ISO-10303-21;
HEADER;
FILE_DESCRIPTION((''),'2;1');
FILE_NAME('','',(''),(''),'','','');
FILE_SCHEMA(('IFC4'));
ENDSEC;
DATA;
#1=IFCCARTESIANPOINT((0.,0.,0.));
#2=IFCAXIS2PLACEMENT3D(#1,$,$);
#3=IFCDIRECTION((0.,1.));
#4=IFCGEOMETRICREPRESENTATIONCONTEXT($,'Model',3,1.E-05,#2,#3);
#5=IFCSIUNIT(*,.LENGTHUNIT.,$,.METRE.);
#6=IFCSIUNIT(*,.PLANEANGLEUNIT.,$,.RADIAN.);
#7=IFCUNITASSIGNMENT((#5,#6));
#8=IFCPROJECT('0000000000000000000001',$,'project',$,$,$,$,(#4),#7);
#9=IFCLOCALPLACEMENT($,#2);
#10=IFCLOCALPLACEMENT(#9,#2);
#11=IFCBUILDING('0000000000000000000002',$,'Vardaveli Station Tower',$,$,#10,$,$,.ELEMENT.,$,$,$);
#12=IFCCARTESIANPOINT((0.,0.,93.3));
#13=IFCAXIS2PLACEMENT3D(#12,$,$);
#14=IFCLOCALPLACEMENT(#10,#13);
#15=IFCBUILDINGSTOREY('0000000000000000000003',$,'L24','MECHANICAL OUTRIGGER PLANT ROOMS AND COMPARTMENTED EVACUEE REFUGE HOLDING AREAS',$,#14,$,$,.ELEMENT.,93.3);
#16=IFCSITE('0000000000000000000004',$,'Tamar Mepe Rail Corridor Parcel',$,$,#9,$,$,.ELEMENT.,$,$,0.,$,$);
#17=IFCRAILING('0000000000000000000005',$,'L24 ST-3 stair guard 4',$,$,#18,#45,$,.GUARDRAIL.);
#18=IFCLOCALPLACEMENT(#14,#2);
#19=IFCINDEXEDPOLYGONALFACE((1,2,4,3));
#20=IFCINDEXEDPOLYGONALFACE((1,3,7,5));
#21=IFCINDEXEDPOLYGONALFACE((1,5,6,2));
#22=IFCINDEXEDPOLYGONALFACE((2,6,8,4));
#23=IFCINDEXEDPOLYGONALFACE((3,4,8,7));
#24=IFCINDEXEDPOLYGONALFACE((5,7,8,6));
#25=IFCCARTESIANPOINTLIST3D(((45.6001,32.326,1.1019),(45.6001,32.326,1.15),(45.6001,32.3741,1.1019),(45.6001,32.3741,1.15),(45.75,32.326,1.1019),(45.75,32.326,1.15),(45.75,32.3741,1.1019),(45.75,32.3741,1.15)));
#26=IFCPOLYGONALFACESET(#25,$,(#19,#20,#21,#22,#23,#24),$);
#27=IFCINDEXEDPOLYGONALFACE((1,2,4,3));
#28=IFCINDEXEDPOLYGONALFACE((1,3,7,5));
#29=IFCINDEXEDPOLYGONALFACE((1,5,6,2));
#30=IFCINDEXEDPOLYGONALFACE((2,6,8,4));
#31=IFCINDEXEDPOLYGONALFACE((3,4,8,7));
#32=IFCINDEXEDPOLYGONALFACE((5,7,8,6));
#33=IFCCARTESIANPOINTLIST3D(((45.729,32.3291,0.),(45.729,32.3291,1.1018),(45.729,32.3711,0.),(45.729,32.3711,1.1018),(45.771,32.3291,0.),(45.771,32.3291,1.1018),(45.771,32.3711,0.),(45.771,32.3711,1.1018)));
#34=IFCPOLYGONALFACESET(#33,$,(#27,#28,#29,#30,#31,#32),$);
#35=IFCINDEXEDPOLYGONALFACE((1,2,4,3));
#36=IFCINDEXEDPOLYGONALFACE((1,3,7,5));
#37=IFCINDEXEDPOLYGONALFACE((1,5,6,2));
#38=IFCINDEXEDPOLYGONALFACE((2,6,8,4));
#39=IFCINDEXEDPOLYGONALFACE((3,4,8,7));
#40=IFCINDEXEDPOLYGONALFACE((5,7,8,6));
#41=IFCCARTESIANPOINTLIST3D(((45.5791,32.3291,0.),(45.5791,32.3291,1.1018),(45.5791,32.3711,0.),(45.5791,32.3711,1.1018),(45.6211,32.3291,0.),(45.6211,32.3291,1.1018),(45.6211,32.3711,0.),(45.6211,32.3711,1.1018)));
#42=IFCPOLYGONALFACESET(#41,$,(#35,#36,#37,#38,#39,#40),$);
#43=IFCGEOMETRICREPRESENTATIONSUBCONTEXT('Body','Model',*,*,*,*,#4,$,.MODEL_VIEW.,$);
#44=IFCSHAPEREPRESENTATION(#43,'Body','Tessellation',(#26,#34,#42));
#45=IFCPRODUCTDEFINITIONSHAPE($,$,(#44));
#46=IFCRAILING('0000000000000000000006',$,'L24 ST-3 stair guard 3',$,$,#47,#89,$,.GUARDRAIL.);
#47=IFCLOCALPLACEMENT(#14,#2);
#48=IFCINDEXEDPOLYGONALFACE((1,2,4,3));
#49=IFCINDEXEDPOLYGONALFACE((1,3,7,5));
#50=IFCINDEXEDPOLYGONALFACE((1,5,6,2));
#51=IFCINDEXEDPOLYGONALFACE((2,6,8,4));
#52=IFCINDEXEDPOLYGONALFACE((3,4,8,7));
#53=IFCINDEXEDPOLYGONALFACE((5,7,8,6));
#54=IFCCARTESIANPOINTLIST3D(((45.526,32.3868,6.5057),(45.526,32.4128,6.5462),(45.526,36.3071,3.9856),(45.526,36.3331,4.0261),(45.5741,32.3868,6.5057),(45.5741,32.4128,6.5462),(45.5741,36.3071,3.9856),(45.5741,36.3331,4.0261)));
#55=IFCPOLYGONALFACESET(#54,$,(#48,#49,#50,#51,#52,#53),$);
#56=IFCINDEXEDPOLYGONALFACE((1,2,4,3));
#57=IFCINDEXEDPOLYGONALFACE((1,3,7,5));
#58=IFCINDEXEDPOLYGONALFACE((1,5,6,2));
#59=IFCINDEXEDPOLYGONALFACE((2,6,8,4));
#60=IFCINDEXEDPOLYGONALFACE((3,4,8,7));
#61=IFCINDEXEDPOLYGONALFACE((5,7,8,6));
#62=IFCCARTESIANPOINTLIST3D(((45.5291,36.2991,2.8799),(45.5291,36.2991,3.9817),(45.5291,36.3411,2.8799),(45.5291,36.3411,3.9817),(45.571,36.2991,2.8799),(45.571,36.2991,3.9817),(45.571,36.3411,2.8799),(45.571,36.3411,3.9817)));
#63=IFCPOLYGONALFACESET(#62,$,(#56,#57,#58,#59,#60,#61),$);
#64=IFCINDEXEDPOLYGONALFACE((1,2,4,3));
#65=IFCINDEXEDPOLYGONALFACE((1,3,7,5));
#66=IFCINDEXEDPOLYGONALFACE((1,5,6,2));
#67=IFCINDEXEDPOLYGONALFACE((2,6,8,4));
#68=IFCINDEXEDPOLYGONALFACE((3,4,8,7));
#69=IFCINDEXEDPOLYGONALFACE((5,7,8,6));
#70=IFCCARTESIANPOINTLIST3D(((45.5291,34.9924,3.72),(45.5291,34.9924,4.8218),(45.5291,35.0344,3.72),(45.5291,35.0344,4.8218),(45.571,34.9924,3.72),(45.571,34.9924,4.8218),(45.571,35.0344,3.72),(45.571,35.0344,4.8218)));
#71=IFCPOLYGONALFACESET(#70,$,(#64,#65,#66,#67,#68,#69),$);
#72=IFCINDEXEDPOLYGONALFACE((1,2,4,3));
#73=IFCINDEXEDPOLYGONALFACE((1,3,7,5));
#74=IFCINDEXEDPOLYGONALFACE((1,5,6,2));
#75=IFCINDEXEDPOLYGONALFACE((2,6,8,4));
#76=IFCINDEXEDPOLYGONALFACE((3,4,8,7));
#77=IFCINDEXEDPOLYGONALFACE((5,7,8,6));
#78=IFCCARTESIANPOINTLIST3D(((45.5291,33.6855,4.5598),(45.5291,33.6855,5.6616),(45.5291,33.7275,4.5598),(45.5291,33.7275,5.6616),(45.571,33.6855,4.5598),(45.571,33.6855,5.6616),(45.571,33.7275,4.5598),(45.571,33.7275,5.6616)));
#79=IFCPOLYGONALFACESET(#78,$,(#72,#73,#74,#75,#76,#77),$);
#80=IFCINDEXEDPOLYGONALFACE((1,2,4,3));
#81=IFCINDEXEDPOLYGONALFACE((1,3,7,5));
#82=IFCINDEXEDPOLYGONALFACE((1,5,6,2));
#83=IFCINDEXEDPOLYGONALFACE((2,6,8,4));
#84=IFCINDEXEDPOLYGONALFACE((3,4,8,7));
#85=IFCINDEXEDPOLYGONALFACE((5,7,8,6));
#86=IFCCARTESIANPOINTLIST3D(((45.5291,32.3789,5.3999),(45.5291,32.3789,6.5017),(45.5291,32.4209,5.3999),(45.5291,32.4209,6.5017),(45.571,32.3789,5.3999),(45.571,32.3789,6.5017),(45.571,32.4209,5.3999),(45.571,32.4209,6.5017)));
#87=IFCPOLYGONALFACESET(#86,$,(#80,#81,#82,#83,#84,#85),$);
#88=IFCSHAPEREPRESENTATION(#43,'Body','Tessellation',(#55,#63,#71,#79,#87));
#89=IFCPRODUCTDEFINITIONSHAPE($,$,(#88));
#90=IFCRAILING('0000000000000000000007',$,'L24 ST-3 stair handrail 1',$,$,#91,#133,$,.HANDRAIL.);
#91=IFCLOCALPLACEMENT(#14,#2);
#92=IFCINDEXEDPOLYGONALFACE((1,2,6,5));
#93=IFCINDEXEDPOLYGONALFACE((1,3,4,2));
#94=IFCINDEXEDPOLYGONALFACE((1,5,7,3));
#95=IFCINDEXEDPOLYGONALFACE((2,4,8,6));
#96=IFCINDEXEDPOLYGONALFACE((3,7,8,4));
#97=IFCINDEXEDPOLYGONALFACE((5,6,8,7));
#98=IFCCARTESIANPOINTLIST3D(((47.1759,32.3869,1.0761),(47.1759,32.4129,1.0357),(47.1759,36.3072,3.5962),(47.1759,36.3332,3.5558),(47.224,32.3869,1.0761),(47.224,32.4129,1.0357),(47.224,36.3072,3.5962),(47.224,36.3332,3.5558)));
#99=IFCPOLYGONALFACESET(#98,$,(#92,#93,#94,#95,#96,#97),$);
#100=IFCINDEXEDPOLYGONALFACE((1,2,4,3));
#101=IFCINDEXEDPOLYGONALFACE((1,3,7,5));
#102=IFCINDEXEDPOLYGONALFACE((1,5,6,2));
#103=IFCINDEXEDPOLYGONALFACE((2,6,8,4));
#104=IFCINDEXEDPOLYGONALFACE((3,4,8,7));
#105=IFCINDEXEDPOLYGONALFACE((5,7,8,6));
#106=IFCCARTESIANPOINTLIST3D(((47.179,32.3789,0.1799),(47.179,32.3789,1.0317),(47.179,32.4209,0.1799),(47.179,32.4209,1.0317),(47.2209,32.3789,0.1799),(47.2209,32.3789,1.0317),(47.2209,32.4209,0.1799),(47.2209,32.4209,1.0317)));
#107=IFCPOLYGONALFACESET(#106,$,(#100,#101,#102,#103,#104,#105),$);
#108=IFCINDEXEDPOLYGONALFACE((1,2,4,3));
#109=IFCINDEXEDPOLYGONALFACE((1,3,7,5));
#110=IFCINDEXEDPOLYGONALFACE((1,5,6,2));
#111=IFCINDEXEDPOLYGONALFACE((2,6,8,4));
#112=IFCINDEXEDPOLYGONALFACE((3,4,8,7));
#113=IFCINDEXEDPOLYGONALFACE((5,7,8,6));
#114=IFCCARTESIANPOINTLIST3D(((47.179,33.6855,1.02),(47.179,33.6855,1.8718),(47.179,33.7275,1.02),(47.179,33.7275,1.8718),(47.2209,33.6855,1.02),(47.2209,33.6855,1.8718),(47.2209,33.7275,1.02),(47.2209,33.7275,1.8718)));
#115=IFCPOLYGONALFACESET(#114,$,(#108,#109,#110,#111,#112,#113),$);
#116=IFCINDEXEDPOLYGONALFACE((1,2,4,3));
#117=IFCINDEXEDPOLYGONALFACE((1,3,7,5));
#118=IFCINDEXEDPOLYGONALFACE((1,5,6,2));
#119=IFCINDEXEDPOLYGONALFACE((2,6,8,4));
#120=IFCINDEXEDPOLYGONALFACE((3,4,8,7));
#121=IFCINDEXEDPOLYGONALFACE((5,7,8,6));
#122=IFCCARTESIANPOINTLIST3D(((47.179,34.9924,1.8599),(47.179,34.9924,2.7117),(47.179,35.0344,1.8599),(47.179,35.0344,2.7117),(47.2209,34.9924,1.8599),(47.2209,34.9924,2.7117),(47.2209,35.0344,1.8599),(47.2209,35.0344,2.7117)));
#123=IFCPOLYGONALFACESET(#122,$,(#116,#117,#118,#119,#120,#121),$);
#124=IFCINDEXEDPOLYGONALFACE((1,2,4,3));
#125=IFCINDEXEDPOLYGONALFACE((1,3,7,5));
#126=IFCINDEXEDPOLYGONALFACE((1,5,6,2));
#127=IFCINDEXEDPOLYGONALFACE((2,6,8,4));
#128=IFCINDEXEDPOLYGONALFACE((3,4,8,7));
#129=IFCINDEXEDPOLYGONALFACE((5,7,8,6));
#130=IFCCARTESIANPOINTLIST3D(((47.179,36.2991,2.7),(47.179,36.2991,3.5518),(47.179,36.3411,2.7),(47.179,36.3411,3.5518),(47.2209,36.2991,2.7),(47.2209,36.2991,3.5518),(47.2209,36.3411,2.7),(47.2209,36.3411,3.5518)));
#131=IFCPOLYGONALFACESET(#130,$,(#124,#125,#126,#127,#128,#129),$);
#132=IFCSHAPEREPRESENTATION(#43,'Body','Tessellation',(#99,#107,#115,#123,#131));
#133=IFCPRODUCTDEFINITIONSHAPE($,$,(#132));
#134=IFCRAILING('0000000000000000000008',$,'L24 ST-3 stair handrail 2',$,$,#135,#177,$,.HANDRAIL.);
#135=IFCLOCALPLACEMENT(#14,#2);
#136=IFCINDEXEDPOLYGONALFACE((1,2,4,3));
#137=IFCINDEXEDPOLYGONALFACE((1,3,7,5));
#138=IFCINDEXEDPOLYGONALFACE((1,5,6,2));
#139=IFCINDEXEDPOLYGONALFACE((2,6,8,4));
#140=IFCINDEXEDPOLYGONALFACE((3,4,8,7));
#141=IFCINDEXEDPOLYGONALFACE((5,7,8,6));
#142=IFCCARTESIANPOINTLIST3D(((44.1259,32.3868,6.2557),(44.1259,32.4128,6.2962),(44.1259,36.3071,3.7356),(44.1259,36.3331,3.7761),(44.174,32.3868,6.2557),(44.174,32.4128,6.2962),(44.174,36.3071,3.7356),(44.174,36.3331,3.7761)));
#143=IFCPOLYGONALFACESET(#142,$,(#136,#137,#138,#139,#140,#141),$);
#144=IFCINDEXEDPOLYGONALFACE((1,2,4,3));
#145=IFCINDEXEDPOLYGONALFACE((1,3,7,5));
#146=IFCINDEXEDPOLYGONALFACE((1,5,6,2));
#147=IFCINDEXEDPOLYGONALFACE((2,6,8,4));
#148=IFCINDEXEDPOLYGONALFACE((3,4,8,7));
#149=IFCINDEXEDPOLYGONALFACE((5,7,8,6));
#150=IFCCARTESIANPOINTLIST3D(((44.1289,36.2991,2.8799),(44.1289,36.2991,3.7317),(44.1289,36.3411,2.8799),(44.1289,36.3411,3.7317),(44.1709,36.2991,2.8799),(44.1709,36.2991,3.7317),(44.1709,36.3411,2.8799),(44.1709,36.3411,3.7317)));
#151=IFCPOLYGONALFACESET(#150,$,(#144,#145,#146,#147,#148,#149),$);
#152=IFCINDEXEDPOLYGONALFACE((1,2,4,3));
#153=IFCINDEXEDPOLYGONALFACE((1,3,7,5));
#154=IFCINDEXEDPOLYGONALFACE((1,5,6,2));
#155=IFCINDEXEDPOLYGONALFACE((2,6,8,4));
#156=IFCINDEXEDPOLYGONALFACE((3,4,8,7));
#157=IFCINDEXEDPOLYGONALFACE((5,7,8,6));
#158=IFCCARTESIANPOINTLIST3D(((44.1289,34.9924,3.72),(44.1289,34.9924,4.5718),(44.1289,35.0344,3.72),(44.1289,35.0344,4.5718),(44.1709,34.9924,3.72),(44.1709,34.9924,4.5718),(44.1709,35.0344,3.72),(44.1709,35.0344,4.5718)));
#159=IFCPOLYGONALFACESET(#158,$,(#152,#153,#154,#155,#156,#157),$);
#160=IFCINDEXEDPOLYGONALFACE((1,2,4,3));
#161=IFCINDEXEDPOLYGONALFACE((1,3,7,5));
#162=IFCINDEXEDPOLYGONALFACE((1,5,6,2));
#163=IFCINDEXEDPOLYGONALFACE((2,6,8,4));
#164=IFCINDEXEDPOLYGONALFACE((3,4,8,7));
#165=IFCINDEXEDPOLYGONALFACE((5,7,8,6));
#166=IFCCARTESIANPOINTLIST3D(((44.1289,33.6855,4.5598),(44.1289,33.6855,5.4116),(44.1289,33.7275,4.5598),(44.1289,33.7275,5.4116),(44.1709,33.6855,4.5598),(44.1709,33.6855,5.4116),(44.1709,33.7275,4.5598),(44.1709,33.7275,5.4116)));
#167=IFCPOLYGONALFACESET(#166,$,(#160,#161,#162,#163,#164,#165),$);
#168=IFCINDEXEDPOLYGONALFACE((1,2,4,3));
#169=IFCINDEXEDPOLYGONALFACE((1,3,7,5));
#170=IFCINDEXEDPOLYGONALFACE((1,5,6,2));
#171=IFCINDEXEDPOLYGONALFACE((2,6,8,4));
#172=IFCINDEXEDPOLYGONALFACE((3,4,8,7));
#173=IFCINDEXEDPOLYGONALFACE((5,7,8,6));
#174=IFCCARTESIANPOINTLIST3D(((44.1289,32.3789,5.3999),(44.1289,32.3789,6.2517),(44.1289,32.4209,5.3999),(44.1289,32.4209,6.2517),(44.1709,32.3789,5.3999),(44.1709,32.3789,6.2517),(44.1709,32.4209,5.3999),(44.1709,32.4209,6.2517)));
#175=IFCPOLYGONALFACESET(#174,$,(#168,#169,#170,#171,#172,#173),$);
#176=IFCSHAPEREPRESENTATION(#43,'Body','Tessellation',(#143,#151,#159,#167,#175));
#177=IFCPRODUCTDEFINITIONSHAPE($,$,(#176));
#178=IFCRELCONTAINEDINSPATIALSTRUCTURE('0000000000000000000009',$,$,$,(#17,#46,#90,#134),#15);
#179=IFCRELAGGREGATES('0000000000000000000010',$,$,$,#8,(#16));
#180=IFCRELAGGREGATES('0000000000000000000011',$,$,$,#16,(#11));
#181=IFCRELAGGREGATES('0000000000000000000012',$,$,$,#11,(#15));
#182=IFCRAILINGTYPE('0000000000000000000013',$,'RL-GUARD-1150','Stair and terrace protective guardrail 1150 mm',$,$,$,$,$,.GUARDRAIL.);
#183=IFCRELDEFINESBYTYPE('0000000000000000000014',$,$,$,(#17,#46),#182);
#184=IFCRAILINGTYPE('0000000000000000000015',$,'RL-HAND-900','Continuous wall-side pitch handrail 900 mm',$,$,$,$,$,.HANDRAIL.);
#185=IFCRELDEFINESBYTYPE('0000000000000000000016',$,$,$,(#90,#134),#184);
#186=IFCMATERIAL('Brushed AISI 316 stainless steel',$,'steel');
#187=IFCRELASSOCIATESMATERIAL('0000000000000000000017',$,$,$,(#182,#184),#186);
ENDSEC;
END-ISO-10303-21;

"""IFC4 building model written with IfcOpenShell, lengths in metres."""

from ifc_helpers import new_model, si_unit, direction, frame, origin, origin_2d, place, context, subcontext, project, spatial, rectangle, extrude, source, transform, mapped, material, type_object, element, save


model = new_model("IFC4")

# Units and contexts
model_context = context("Model", 3, precision=1e-05, world=origin(), true_north=direction((0.0, 1.0)))
body_context = subcontext(model_context, "Body", "Model", "MODEL_VIEW")
ifc_project = project(units=[si_unit("LENGTHUNIT", "METRE"), si_unit("PLANEANGLEUNIT", "RADIAN")], contexts=[model_context])

# Site, building, storey
site_placement = place(None, origin())
site = spatial("IfcSite", under=ifc_project, at=site_placement, Name="Tamar Mepe Rail Corridor Parcel", CompositionType="ELEMENT", RefElevation=0.0)
building_placement = place(site_placement, origin())
building = spatial("IfcBuilding", under=site, at=building_placement, Name="Vardaveli Station Tower", CompositionType="ELEMENT")
storey_placement = place(building_placement, frame((0.0, 0.0, 93.3)))
storey = spatial("IfcBuildingStorey", under=building, at=storey_placement, Name="L24", Description="MECHANICAL OUTRIGGER PLANT ROOMS AND COMPARTMENTED EVACUEE REFUGE HOLDING AREAS", CompositionType="ELEMENT", Elevation=93.3)

# Railings
ifc_material_1 = material(Name="Brushed AISI 316 stainless steel", Category="steel")
railing_type_1 = type_object("IfcRailingType", Name="RL-GUARD-1150", Description="Stair and terrace protective guardrail 1150 mm", PredefinedType="GUARDRAIL", material=ifc_material_1)
shared_shape_1 = source(origin(), body_context, "Body", "SweptSolid", [
    extrude(rectangle(XDim=0.0481, YDim=0.0481, at=origin_2d()), frame((0.0, 0.0, 1.126), z_axis=(-1.0, 0.0, 0.0), x_axis=(0.0, -1.0, 0.0)), (0.0, 0.0, 1.0), 0.1499),
    extrude(rectangle(XDim=0.042, YDim=0.042, at=origin_2d()), origin(), (0.0, 0.0, 1.0), 1.1018),
    extrude(rectangle(XDim=0.042, YDim=0.042, at=origin_2d()), frame((-0.1499, 0.0, 0.0)), (0.0, 0.0, 1.0), 1.1018),
])
for number, where, name in (
    (1, (45.75, 32.3501, 0.0), "L24 ST-3 stair guard 4"),
):
    element("IfcRailing", number, at=place(storey_placement, frame(where)), inside=storey, type_object=railing_type_1, Name=name, PredefinedType="GUARDRAIL", context=body_context, shape_type="MappedRepresentation", body=[
        mapped(shared_shape_1, transform((0.0, 0.0, 0.0), scale=1.0)),
    ])
shared_shape_2 = source(origin(), body_context, "Body", "SweptSolid", [
    extrude(rectangle(XDim=0.0481, YDim=0.0481, at=origin_2d()), frame((0.0, 0.0, 1.126), z_axis=(0.0, -0.841187, 0.540744), x_axis=(1.0, 0.0, 0.0)), (0.0, 0.0, 1.0), 4.6604),
    extrude(rectangle(XDim=0.042, YDim=0.042, at=origin_2d()), origin(), (0.0, 0.0, 1.0), 1.1018),
    extrude(rectangle(XDim=0.042, YDim=0.042, at=origin_2d()), frame((0.0, -1.3066, 0.8401)), (0.0, 0.0, 1.0), 1.1018),
    extrude(rectangle(XDim=0.042, YDim=0.042, at=origin_2d()), frame((0.0, -2.6135, 1.6799)), (0.0, 0.0, 1.0), 1.1018),
    extrude(rectangle(XDim=0.042, YDim=0.042, at=origin_2d()), frame((0.0, -3.9202, 2.52)), (0.0, 0.0, 1.0), 1.1018),
])
railing_1_placement = place(storey_placement, frame((45.55, 36.3201, 2.8799)))
element("IfcRailing", 2, at=railing_1_placement, inside=storey, type_object=railing_type_1, Name="L24 ST-3 stair guard 3", PredefinedType="GUARDRAIL", context=body_context, shape_type="MappedRepresentation", body=[
    mapped(shared_shape_2, transform((0.0, 0.0, 0.0), scale=1.0)),
])
railing_type_2 = type_object("IfcRailingType", Name="RL-HAND-900", Description="Continuous wall-side pitch handrail 900 mm", PredefinedType="HANDRAIL", material=ifc_material_1)
shared_shape_3 = source(origin(), body_context, "Body", "SweptSolid", [
    extrude(rectangle(XDim=0.0481, YDim=0.0481, at=origin_2d()), frame((0.0, 0.0, 0.876), z_axis=(0.0, 0.841187, 0.540744), x_axis=(-1.0, 0.0, 0.0)), (0.0, 0.0, 1.0), 4.6604),
    extrude(rectangle(XDim=0.042, YDim=0.042, at=origin_2d()), origin(), (0.0, 0.0, 1.0), 0.8518),
    extrude(rectangle(XDim=0.042, YDim=0.042, at=origin_2d()), frame((0.0, 1.3066, 0.8401)), (0.0, 0.0, 1.0), 0.8518),
    extrude(rectangle(XDim=0.042, YDim=0.042, at=origin_2d()), frame((0.0, 2.6135, 1.6799)), (0.0, 0.0, 1.0), 0.8518),
    extrude(rectangle(XDim=0.042, YDim=0.042, at=origin_2d()), frame((0.0, 3.9202, 2.52)), (0.0, 0.0, 1.0), 0.8518),
])
railing_2_placement = place(storey_placement, frame((47.2, 32.3999, 0.1799)))
element("IfcRailing", 3, at=railing_2_placement, inside=storey, type_object=railing_type_2, Name="L24 ST-3 stair handrail 1", PredefinedType="HANDRAIL", context=body_context, shape_type="MappedRepresentation", body=[
    mapped(shared_shape_3, transform((0.0, 0.0, 0.0), scale=1.0)),
])
shared_shape_4 = source(origin(), body_context, "Body", "SweptSolid", [
    extrude(rectangle(XDim=0.0481, YDim=0.0481, at=origin_2d()), frame((0.0, 0.0, 0.876), z_axis=(0.0, -0.841187, 0.540744), x_axis=(1.0, 0.0, 0.0)), (0.0, 0.0, 1.0), 4.6604),
    extrude(rectangle(XDim=0.042, YDim=0.042, at=origin_2d()), origin(), (0.0, 0.0, 1.0), 0.8518),
    extrude(rectangle(XDim=0.042, YDim=0.042, at=origin_2d()), frame((0.0, -1.3066, 0.8401)), (0.0, 0.0, 1.0), 0.8518),
    extrude(rectangle(XDim=0.042, YDim=0.042, at=origin_2d()), frame((0.0, -2.6135, 1.6799)), (0.0, 0.0, 1.0), 0.8518),
    extrude(rectangle(XDim=0.042, YDim=0.042, at=origin_2d()), frame((0.0, -3.9202, 2.52)), (0.0, 0.0, 1.0), 0.8518),
])
railing_3_placement = place(storey_placement, frame((44.1499, 36.3201, 2.8799)))
element("IfcRailing", 4, at=railing_3_placement, inside=storey, type_object=railing_type_2, Name="L24 ST-3 stair handrail 2", PredefinedType="HANDRAIL", context=body_context, shape_type="MappedRepresentation", body=[
    mapped(shared_shape_4, transform((0.0, 0.0, 0.0), scale=1.0)),
])

save(model, "model.ifc")
